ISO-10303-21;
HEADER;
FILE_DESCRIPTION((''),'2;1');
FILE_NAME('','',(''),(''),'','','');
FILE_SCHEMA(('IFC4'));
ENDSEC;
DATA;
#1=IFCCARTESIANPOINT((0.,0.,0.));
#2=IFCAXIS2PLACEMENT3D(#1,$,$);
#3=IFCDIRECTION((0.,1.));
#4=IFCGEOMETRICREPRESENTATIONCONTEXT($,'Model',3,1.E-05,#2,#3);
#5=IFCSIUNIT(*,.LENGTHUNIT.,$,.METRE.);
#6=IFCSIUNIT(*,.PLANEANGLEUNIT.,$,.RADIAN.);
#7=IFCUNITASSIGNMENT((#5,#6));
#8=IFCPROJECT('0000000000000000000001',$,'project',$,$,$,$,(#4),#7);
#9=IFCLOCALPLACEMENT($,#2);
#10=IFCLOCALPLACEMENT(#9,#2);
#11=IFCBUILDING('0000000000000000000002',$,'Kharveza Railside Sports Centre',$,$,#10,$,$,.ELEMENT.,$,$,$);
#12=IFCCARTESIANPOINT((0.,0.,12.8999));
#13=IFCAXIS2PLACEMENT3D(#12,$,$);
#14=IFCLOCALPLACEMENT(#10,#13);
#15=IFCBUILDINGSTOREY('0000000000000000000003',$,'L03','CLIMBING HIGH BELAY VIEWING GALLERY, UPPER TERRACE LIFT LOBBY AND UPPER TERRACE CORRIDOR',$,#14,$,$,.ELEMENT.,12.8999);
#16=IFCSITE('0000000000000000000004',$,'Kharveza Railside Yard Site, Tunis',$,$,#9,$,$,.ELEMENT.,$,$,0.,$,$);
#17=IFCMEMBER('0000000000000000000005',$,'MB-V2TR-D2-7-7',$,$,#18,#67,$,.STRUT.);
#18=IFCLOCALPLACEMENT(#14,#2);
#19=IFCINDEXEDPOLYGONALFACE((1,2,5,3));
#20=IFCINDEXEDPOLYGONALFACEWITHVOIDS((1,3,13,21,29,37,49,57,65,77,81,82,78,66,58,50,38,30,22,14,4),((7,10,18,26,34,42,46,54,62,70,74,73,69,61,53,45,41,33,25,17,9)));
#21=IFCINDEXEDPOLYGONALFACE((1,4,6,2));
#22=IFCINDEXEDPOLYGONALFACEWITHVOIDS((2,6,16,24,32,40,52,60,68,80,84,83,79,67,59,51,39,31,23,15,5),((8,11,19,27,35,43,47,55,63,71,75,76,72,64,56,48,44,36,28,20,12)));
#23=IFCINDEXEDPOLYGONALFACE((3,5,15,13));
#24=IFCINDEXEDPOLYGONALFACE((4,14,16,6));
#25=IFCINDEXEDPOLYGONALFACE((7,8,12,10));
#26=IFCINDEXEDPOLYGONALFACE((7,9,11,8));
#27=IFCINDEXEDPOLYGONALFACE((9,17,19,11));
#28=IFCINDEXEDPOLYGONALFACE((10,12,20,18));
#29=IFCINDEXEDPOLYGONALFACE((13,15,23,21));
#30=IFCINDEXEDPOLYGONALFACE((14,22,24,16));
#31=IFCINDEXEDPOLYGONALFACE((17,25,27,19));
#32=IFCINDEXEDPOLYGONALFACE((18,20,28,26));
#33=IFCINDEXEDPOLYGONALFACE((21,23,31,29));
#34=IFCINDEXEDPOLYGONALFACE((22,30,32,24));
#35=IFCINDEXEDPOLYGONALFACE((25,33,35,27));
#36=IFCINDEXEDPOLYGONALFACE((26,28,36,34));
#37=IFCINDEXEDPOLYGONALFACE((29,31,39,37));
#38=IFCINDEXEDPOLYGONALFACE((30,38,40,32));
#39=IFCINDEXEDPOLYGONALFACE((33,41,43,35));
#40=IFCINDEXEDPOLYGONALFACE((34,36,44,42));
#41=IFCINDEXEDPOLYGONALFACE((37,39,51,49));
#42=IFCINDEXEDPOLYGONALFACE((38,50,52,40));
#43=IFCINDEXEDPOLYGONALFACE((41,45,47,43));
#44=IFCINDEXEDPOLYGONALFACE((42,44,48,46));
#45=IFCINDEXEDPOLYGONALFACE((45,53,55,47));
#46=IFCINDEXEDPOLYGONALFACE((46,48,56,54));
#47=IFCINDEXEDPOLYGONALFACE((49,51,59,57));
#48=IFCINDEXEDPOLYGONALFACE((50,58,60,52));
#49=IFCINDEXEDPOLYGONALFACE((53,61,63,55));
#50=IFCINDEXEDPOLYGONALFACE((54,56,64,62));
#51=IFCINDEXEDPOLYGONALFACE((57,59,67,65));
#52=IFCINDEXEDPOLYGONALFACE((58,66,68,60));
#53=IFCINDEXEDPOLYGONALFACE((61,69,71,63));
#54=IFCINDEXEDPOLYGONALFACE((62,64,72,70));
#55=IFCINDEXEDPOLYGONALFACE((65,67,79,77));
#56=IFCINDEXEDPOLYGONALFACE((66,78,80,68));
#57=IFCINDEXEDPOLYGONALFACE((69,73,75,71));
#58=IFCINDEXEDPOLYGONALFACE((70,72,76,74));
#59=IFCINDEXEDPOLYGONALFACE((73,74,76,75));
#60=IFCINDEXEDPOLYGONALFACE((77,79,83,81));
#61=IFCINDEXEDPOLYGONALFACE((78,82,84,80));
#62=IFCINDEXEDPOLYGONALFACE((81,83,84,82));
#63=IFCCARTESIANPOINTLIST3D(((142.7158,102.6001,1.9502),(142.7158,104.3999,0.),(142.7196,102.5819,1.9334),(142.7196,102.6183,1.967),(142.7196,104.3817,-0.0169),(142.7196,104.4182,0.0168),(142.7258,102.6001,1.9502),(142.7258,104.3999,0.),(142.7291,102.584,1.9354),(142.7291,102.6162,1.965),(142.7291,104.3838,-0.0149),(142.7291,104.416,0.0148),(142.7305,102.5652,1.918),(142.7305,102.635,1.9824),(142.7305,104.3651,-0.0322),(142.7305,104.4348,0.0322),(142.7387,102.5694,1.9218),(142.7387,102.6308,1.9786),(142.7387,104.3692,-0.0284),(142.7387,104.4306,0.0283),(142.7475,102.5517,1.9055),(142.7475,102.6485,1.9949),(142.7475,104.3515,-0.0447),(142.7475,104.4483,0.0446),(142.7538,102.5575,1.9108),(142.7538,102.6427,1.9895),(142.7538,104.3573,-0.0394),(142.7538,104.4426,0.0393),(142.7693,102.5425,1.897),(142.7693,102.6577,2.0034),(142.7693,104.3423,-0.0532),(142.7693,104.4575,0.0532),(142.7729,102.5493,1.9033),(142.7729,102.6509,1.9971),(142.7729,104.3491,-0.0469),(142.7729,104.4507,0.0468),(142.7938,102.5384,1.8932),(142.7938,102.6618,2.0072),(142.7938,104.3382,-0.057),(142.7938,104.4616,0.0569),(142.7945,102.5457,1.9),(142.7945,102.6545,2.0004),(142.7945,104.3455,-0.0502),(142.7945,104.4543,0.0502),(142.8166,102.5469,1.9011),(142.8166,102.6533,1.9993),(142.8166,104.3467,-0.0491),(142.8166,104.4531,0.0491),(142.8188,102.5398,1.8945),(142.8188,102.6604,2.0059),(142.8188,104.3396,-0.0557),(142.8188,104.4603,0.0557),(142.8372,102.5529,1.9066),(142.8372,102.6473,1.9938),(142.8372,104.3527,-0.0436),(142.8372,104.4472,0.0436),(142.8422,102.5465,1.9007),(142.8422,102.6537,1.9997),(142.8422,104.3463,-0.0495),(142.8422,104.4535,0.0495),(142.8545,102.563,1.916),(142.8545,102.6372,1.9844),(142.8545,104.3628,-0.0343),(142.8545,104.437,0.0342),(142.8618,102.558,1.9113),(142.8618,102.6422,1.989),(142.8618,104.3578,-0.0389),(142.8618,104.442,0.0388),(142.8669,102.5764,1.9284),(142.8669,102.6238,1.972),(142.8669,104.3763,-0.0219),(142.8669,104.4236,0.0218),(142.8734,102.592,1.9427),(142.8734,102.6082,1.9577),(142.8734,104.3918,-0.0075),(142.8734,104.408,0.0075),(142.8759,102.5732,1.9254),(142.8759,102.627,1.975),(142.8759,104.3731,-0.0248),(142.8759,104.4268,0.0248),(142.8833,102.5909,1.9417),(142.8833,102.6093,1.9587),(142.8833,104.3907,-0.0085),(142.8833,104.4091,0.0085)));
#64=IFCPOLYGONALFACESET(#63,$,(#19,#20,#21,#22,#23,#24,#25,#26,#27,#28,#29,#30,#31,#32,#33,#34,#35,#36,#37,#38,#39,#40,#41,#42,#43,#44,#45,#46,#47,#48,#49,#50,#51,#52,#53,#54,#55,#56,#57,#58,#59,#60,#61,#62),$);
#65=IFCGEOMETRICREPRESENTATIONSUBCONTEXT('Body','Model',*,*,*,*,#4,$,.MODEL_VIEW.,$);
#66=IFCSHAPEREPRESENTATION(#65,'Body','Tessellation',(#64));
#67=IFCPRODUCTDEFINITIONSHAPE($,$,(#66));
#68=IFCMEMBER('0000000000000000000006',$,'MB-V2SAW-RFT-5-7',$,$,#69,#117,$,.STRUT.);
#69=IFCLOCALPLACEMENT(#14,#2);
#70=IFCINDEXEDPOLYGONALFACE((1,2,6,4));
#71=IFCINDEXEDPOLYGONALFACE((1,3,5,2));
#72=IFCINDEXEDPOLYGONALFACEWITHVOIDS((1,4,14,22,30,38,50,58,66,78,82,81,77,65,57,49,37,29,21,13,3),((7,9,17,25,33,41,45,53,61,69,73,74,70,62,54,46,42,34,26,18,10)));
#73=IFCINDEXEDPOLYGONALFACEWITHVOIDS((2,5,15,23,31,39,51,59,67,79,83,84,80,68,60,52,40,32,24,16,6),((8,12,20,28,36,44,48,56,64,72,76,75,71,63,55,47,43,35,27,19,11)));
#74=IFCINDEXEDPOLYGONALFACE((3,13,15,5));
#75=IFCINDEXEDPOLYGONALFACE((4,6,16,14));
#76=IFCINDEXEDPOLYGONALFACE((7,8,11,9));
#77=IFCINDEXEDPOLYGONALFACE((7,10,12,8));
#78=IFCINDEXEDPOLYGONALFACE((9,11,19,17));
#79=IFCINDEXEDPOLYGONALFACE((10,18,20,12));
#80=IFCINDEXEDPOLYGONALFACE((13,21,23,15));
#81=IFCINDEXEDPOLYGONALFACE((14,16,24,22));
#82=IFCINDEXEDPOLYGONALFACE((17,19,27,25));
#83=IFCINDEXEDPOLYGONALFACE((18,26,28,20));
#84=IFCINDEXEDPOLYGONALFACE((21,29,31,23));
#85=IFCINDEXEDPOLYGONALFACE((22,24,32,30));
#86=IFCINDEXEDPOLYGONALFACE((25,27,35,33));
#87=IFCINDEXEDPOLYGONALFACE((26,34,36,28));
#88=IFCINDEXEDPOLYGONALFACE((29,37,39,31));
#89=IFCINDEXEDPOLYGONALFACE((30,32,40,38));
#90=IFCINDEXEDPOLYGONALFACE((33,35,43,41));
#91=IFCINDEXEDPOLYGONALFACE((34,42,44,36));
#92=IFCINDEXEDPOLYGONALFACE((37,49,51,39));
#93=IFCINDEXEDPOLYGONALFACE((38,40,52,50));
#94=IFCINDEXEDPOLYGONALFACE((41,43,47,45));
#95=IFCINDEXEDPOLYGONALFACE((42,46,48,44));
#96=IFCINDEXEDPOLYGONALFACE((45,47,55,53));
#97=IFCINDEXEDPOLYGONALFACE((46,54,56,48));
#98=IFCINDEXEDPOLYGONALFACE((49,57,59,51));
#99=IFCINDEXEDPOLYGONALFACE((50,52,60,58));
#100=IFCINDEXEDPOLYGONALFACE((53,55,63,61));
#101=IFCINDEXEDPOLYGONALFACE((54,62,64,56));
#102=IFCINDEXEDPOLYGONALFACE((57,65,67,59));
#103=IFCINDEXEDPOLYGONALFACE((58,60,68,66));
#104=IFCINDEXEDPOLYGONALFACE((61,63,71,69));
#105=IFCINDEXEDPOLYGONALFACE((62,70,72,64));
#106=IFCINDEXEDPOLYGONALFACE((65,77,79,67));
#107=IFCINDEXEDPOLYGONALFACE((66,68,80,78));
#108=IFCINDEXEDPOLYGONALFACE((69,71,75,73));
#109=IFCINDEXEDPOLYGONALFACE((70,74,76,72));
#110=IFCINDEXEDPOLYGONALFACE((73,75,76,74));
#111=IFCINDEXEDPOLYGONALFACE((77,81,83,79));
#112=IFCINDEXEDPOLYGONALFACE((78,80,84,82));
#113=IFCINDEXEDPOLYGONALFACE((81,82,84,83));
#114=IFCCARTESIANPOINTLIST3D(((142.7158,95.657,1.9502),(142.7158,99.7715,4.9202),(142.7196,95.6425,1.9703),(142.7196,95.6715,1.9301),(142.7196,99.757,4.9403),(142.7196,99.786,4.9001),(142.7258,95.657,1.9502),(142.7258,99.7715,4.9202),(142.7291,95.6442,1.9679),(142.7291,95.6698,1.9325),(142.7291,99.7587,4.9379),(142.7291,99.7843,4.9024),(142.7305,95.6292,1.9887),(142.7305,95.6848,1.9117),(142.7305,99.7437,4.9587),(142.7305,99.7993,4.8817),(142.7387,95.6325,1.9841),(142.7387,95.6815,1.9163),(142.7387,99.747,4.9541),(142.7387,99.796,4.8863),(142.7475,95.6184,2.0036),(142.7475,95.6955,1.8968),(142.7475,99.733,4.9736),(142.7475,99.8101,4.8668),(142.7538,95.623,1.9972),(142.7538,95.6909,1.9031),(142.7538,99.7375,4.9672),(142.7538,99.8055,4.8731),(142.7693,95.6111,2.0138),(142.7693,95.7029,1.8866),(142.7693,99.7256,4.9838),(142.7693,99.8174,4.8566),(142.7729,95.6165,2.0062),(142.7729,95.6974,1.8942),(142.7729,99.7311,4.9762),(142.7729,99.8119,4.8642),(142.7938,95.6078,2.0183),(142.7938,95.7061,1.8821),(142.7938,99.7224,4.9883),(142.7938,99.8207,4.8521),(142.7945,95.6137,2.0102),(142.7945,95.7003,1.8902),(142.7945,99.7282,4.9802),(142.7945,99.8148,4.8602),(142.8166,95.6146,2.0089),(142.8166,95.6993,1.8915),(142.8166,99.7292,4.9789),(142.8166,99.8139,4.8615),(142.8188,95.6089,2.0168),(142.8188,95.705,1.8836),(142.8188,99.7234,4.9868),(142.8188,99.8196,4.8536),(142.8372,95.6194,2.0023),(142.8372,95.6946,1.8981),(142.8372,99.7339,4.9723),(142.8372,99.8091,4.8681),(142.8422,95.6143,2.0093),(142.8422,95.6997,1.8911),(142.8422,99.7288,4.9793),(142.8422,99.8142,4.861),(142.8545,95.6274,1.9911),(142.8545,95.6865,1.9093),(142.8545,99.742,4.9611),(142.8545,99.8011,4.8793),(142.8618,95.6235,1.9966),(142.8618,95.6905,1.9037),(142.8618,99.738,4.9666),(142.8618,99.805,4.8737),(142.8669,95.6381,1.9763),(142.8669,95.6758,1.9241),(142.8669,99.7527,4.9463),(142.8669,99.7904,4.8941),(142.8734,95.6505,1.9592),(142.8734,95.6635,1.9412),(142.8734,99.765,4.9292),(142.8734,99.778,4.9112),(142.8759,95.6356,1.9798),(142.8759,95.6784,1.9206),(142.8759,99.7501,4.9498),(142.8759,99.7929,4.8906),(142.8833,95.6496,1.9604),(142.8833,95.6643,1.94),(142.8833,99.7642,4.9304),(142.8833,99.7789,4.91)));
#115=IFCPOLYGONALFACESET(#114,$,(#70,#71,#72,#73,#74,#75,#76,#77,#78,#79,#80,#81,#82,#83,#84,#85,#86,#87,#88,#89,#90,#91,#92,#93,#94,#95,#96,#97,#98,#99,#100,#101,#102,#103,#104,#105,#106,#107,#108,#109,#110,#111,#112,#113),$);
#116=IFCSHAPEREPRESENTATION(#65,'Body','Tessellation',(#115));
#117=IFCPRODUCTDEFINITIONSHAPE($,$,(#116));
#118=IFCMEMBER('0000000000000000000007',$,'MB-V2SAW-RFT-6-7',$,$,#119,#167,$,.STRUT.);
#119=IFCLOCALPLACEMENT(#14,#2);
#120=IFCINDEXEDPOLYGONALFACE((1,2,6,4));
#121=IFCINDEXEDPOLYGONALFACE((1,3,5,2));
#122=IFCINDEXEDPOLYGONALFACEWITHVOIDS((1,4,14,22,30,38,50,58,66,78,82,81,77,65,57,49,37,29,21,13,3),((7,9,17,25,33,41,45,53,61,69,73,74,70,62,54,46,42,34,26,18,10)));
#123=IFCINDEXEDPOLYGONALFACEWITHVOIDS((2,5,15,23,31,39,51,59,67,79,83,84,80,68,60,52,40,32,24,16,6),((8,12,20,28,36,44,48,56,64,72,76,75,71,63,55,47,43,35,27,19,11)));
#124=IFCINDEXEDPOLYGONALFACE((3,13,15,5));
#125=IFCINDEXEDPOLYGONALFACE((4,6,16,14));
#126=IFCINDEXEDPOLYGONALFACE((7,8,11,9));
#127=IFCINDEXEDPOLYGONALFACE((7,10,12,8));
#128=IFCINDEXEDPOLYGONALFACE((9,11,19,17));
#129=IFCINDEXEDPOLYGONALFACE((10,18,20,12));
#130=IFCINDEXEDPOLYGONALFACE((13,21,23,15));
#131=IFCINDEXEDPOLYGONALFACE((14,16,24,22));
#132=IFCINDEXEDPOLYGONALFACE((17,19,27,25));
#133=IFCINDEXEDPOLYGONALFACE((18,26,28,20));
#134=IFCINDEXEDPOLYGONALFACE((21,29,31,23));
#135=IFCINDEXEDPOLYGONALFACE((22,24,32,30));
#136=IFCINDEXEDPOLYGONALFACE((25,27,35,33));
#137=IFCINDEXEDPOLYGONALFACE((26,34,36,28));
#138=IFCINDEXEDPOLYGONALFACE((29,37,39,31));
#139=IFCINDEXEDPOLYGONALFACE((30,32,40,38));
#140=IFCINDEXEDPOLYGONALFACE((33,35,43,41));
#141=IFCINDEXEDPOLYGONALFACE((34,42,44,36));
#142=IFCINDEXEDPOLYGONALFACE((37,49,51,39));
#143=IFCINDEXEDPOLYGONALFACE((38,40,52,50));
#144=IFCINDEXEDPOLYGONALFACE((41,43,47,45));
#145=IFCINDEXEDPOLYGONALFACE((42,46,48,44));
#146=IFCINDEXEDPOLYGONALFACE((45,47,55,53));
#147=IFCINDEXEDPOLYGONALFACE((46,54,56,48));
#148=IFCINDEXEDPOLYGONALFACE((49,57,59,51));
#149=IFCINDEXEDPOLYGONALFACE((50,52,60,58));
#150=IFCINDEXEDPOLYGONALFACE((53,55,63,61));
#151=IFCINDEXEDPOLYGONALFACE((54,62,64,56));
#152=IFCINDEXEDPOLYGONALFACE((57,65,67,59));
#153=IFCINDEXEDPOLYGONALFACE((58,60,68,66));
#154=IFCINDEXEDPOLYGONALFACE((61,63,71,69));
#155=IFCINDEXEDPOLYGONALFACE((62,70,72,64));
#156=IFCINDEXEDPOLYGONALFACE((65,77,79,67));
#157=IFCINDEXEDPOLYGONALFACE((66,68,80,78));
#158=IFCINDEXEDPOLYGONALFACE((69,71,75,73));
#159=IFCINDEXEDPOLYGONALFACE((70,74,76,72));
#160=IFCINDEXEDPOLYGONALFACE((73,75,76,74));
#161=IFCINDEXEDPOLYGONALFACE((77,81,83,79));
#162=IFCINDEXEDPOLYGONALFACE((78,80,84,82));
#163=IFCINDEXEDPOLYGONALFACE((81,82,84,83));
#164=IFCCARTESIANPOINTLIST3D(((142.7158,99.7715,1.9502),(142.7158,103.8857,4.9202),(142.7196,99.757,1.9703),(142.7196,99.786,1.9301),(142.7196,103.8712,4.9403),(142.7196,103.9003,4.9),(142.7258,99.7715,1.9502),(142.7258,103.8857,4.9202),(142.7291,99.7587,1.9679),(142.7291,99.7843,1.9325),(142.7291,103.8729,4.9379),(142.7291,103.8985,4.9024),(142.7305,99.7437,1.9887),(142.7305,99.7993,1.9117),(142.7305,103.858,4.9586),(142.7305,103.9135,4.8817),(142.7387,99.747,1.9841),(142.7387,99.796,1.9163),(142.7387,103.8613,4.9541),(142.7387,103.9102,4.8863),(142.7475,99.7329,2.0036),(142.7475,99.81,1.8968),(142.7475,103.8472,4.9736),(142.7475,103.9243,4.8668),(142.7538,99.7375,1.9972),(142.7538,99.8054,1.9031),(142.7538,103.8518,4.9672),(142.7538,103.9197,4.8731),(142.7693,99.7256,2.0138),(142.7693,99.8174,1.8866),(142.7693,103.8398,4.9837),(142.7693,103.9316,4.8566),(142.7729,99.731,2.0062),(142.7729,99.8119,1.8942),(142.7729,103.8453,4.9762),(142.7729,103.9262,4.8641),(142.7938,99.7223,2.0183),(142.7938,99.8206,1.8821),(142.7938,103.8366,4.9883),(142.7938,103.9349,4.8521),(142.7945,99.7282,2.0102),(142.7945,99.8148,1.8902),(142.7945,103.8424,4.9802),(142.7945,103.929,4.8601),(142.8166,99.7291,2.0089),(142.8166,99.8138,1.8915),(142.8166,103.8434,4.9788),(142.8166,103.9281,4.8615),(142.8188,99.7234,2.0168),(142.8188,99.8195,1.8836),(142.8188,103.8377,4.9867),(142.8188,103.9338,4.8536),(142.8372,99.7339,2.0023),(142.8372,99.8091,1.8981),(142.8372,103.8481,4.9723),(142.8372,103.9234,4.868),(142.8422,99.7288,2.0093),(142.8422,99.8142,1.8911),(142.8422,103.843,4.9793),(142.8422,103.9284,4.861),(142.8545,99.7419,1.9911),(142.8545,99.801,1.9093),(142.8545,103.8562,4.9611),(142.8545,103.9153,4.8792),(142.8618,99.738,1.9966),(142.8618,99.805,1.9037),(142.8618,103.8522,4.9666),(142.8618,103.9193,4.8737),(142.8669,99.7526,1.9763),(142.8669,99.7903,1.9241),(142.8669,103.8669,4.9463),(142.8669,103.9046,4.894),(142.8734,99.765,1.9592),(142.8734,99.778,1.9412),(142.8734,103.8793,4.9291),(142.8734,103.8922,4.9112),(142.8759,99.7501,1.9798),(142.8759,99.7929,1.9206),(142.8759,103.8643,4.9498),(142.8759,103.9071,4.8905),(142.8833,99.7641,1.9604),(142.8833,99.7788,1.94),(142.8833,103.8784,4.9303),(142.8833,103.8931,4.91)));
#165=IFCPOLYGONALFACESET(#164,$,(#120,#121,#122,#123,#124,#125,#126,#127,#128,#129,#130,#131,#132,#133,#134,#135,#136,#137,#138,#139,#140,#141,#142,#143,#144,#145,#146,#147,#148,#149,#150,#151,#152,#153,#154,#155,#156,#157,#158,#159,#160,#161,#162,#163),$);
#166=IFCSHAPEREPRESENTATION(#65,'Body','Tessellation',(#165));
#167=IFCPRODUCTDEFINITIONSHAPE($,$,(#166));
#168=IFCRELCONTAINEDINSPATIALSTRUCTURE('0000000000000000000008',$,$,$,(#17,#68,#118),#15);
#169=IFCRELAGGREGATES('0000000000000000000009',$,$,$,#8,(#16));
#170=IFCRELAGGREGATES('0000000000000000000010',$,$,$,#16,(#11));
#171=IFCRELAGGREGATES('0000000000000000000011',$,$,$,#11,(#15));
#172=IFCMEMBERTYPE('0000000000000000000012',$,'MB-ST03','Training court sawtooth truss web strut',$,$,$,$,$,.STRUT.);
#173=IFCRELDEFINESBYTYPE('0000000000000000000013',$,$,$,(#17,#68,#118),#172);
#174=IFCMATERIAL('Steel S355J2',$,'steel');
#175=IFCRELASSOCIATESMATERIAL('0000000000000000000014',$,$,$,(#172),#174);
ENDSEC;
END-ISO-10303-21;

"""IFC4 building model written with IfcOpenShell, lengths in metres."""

from ifc_helpers import new_model, si_unit, direction, frame, origin, origin_2d, place, context, subcontext, project, spatial, hollow_circle, extrude, material, material_profile, profile_set, type_object, element, save


model = new_model("IFC4")

# Units and contexts
model_context = context("Model", 3, precision=1e-05, world=origin(), true_north=direction((0.0, 1.0)))
body_context = subcontext(model_context, "Body", "Model", "MODEL_VIEW")
ifc_project = project(units=[si_unit("LENGTHUNIT", "METRE"), si_unit("PLANEANGLEUNIT", "RADIAN")], contexts=[model_context])

# Site, building, storey
site_placement = place(None, origin())
site = spatial("IfcSite", under=ifc_project, at=site_placement, Name="Kharveza Railside Yard Site, Tunis", CompositionType="ELEMENT", RefElevation=0.0)
building_placement = place(site_placement, origin())
building = spatial("IfcBuilding", under=site, at=building_placement, Name="Kharveza Railside Sports Centre", CompositionType="ELEMENT")
storey_placement = place(building_placement, frame((0.0, 0.0, 12.8999)))
storey = spatial("IfcBuildingStorey", under=building, at=storey_placement, Name="L03", Description="CLIMBING HIGH BELAY VIEWING GALLERY, UPPER TERRACE LIFT LOBBY AND UPPER TERRACE CORRIDOR", CompositionType="ELEMENT", Elevation=12.8999)

# Members
ifc_material_1 = material(Name="Steel S355J2", Category="steel")
ifc_material_profile_1 = material_profile(ifc_material_1, hollow_circle(Radius=0.0842, WallThickness=0.01, at=origin_2d()), Name="CHS 168.3x10.0")
ifc_profile_set_1 = profile_set([ifc_material_profile_1], Name="Steel S355J2")
member_type_1 = type_object("IfcMemberType", Name="MB-ST03", Description="Training court sawtooth truss web strut", PredefinedType="STRUT", material=ifc_profile_set_1)
member_1_placement = place(storey_placement, frame((142.8, 102.6001, 1.9502), z_axis=(0.0, 0.678204, -0.734874), x_axis=(-1.0, 0.0, 0.0)))
element("IfcMember", 1, at=member_1_placement, inside=storey, type_object=member_type_1, Name="MB-V2TR-D2-7-7", PredefinedType="STRUT", context=body_context, shape_type="SweptSolid", body=[
    extrude(hollow_circle(Radius=0.0842, WallThickness=0.01, at=origin_2d()), origin(), (0.0, 0.0, 1.0), 2.6538),
])
member_2_placement = place(storey_placement, frame((142.8, 95.657, 1.9502), z_axis=(0.0, 0.81083, 0.585281), x_axis=(-1.0, 0.0, 0.0)))
element("IfcMember", 2, at=member_2_placement, inside=storey, type_object=member_type_1, Name="MB-V2SAW-RFT-5-7", PredefinedType="STRUT", context=body_context, shape_type="SweptSolid", body=[
    extrude(hollow_circle(Radius=0.0842, WallThickness=0.01, at=origin_2d()), origin(), (0.0, 0.0, 1.0), 5.0745),
])
member_3_placement = place(storey_placement, frame((142.8, 99.7715, 1.9502), z_axis=(0.0, 0.810814, 0.585304), x_axis=(-1.0, 0.0, 0.0)))
element("IfcMember", 3, at=member_3_placement, inside=storey, type_object=member_type_1, Name="MB-V2SAW-RFT-6-7", PredefinedType="STRUT", context=body_context, shape_type="SweptSolid", body=[
    extrude(hollow_circle(Radius=0.0842, WallThickness=0.01, at=origin_2d()), origin(), (0.0, 0.0, 1.0), 5.0742),
])

save(model, "model.ifc")
